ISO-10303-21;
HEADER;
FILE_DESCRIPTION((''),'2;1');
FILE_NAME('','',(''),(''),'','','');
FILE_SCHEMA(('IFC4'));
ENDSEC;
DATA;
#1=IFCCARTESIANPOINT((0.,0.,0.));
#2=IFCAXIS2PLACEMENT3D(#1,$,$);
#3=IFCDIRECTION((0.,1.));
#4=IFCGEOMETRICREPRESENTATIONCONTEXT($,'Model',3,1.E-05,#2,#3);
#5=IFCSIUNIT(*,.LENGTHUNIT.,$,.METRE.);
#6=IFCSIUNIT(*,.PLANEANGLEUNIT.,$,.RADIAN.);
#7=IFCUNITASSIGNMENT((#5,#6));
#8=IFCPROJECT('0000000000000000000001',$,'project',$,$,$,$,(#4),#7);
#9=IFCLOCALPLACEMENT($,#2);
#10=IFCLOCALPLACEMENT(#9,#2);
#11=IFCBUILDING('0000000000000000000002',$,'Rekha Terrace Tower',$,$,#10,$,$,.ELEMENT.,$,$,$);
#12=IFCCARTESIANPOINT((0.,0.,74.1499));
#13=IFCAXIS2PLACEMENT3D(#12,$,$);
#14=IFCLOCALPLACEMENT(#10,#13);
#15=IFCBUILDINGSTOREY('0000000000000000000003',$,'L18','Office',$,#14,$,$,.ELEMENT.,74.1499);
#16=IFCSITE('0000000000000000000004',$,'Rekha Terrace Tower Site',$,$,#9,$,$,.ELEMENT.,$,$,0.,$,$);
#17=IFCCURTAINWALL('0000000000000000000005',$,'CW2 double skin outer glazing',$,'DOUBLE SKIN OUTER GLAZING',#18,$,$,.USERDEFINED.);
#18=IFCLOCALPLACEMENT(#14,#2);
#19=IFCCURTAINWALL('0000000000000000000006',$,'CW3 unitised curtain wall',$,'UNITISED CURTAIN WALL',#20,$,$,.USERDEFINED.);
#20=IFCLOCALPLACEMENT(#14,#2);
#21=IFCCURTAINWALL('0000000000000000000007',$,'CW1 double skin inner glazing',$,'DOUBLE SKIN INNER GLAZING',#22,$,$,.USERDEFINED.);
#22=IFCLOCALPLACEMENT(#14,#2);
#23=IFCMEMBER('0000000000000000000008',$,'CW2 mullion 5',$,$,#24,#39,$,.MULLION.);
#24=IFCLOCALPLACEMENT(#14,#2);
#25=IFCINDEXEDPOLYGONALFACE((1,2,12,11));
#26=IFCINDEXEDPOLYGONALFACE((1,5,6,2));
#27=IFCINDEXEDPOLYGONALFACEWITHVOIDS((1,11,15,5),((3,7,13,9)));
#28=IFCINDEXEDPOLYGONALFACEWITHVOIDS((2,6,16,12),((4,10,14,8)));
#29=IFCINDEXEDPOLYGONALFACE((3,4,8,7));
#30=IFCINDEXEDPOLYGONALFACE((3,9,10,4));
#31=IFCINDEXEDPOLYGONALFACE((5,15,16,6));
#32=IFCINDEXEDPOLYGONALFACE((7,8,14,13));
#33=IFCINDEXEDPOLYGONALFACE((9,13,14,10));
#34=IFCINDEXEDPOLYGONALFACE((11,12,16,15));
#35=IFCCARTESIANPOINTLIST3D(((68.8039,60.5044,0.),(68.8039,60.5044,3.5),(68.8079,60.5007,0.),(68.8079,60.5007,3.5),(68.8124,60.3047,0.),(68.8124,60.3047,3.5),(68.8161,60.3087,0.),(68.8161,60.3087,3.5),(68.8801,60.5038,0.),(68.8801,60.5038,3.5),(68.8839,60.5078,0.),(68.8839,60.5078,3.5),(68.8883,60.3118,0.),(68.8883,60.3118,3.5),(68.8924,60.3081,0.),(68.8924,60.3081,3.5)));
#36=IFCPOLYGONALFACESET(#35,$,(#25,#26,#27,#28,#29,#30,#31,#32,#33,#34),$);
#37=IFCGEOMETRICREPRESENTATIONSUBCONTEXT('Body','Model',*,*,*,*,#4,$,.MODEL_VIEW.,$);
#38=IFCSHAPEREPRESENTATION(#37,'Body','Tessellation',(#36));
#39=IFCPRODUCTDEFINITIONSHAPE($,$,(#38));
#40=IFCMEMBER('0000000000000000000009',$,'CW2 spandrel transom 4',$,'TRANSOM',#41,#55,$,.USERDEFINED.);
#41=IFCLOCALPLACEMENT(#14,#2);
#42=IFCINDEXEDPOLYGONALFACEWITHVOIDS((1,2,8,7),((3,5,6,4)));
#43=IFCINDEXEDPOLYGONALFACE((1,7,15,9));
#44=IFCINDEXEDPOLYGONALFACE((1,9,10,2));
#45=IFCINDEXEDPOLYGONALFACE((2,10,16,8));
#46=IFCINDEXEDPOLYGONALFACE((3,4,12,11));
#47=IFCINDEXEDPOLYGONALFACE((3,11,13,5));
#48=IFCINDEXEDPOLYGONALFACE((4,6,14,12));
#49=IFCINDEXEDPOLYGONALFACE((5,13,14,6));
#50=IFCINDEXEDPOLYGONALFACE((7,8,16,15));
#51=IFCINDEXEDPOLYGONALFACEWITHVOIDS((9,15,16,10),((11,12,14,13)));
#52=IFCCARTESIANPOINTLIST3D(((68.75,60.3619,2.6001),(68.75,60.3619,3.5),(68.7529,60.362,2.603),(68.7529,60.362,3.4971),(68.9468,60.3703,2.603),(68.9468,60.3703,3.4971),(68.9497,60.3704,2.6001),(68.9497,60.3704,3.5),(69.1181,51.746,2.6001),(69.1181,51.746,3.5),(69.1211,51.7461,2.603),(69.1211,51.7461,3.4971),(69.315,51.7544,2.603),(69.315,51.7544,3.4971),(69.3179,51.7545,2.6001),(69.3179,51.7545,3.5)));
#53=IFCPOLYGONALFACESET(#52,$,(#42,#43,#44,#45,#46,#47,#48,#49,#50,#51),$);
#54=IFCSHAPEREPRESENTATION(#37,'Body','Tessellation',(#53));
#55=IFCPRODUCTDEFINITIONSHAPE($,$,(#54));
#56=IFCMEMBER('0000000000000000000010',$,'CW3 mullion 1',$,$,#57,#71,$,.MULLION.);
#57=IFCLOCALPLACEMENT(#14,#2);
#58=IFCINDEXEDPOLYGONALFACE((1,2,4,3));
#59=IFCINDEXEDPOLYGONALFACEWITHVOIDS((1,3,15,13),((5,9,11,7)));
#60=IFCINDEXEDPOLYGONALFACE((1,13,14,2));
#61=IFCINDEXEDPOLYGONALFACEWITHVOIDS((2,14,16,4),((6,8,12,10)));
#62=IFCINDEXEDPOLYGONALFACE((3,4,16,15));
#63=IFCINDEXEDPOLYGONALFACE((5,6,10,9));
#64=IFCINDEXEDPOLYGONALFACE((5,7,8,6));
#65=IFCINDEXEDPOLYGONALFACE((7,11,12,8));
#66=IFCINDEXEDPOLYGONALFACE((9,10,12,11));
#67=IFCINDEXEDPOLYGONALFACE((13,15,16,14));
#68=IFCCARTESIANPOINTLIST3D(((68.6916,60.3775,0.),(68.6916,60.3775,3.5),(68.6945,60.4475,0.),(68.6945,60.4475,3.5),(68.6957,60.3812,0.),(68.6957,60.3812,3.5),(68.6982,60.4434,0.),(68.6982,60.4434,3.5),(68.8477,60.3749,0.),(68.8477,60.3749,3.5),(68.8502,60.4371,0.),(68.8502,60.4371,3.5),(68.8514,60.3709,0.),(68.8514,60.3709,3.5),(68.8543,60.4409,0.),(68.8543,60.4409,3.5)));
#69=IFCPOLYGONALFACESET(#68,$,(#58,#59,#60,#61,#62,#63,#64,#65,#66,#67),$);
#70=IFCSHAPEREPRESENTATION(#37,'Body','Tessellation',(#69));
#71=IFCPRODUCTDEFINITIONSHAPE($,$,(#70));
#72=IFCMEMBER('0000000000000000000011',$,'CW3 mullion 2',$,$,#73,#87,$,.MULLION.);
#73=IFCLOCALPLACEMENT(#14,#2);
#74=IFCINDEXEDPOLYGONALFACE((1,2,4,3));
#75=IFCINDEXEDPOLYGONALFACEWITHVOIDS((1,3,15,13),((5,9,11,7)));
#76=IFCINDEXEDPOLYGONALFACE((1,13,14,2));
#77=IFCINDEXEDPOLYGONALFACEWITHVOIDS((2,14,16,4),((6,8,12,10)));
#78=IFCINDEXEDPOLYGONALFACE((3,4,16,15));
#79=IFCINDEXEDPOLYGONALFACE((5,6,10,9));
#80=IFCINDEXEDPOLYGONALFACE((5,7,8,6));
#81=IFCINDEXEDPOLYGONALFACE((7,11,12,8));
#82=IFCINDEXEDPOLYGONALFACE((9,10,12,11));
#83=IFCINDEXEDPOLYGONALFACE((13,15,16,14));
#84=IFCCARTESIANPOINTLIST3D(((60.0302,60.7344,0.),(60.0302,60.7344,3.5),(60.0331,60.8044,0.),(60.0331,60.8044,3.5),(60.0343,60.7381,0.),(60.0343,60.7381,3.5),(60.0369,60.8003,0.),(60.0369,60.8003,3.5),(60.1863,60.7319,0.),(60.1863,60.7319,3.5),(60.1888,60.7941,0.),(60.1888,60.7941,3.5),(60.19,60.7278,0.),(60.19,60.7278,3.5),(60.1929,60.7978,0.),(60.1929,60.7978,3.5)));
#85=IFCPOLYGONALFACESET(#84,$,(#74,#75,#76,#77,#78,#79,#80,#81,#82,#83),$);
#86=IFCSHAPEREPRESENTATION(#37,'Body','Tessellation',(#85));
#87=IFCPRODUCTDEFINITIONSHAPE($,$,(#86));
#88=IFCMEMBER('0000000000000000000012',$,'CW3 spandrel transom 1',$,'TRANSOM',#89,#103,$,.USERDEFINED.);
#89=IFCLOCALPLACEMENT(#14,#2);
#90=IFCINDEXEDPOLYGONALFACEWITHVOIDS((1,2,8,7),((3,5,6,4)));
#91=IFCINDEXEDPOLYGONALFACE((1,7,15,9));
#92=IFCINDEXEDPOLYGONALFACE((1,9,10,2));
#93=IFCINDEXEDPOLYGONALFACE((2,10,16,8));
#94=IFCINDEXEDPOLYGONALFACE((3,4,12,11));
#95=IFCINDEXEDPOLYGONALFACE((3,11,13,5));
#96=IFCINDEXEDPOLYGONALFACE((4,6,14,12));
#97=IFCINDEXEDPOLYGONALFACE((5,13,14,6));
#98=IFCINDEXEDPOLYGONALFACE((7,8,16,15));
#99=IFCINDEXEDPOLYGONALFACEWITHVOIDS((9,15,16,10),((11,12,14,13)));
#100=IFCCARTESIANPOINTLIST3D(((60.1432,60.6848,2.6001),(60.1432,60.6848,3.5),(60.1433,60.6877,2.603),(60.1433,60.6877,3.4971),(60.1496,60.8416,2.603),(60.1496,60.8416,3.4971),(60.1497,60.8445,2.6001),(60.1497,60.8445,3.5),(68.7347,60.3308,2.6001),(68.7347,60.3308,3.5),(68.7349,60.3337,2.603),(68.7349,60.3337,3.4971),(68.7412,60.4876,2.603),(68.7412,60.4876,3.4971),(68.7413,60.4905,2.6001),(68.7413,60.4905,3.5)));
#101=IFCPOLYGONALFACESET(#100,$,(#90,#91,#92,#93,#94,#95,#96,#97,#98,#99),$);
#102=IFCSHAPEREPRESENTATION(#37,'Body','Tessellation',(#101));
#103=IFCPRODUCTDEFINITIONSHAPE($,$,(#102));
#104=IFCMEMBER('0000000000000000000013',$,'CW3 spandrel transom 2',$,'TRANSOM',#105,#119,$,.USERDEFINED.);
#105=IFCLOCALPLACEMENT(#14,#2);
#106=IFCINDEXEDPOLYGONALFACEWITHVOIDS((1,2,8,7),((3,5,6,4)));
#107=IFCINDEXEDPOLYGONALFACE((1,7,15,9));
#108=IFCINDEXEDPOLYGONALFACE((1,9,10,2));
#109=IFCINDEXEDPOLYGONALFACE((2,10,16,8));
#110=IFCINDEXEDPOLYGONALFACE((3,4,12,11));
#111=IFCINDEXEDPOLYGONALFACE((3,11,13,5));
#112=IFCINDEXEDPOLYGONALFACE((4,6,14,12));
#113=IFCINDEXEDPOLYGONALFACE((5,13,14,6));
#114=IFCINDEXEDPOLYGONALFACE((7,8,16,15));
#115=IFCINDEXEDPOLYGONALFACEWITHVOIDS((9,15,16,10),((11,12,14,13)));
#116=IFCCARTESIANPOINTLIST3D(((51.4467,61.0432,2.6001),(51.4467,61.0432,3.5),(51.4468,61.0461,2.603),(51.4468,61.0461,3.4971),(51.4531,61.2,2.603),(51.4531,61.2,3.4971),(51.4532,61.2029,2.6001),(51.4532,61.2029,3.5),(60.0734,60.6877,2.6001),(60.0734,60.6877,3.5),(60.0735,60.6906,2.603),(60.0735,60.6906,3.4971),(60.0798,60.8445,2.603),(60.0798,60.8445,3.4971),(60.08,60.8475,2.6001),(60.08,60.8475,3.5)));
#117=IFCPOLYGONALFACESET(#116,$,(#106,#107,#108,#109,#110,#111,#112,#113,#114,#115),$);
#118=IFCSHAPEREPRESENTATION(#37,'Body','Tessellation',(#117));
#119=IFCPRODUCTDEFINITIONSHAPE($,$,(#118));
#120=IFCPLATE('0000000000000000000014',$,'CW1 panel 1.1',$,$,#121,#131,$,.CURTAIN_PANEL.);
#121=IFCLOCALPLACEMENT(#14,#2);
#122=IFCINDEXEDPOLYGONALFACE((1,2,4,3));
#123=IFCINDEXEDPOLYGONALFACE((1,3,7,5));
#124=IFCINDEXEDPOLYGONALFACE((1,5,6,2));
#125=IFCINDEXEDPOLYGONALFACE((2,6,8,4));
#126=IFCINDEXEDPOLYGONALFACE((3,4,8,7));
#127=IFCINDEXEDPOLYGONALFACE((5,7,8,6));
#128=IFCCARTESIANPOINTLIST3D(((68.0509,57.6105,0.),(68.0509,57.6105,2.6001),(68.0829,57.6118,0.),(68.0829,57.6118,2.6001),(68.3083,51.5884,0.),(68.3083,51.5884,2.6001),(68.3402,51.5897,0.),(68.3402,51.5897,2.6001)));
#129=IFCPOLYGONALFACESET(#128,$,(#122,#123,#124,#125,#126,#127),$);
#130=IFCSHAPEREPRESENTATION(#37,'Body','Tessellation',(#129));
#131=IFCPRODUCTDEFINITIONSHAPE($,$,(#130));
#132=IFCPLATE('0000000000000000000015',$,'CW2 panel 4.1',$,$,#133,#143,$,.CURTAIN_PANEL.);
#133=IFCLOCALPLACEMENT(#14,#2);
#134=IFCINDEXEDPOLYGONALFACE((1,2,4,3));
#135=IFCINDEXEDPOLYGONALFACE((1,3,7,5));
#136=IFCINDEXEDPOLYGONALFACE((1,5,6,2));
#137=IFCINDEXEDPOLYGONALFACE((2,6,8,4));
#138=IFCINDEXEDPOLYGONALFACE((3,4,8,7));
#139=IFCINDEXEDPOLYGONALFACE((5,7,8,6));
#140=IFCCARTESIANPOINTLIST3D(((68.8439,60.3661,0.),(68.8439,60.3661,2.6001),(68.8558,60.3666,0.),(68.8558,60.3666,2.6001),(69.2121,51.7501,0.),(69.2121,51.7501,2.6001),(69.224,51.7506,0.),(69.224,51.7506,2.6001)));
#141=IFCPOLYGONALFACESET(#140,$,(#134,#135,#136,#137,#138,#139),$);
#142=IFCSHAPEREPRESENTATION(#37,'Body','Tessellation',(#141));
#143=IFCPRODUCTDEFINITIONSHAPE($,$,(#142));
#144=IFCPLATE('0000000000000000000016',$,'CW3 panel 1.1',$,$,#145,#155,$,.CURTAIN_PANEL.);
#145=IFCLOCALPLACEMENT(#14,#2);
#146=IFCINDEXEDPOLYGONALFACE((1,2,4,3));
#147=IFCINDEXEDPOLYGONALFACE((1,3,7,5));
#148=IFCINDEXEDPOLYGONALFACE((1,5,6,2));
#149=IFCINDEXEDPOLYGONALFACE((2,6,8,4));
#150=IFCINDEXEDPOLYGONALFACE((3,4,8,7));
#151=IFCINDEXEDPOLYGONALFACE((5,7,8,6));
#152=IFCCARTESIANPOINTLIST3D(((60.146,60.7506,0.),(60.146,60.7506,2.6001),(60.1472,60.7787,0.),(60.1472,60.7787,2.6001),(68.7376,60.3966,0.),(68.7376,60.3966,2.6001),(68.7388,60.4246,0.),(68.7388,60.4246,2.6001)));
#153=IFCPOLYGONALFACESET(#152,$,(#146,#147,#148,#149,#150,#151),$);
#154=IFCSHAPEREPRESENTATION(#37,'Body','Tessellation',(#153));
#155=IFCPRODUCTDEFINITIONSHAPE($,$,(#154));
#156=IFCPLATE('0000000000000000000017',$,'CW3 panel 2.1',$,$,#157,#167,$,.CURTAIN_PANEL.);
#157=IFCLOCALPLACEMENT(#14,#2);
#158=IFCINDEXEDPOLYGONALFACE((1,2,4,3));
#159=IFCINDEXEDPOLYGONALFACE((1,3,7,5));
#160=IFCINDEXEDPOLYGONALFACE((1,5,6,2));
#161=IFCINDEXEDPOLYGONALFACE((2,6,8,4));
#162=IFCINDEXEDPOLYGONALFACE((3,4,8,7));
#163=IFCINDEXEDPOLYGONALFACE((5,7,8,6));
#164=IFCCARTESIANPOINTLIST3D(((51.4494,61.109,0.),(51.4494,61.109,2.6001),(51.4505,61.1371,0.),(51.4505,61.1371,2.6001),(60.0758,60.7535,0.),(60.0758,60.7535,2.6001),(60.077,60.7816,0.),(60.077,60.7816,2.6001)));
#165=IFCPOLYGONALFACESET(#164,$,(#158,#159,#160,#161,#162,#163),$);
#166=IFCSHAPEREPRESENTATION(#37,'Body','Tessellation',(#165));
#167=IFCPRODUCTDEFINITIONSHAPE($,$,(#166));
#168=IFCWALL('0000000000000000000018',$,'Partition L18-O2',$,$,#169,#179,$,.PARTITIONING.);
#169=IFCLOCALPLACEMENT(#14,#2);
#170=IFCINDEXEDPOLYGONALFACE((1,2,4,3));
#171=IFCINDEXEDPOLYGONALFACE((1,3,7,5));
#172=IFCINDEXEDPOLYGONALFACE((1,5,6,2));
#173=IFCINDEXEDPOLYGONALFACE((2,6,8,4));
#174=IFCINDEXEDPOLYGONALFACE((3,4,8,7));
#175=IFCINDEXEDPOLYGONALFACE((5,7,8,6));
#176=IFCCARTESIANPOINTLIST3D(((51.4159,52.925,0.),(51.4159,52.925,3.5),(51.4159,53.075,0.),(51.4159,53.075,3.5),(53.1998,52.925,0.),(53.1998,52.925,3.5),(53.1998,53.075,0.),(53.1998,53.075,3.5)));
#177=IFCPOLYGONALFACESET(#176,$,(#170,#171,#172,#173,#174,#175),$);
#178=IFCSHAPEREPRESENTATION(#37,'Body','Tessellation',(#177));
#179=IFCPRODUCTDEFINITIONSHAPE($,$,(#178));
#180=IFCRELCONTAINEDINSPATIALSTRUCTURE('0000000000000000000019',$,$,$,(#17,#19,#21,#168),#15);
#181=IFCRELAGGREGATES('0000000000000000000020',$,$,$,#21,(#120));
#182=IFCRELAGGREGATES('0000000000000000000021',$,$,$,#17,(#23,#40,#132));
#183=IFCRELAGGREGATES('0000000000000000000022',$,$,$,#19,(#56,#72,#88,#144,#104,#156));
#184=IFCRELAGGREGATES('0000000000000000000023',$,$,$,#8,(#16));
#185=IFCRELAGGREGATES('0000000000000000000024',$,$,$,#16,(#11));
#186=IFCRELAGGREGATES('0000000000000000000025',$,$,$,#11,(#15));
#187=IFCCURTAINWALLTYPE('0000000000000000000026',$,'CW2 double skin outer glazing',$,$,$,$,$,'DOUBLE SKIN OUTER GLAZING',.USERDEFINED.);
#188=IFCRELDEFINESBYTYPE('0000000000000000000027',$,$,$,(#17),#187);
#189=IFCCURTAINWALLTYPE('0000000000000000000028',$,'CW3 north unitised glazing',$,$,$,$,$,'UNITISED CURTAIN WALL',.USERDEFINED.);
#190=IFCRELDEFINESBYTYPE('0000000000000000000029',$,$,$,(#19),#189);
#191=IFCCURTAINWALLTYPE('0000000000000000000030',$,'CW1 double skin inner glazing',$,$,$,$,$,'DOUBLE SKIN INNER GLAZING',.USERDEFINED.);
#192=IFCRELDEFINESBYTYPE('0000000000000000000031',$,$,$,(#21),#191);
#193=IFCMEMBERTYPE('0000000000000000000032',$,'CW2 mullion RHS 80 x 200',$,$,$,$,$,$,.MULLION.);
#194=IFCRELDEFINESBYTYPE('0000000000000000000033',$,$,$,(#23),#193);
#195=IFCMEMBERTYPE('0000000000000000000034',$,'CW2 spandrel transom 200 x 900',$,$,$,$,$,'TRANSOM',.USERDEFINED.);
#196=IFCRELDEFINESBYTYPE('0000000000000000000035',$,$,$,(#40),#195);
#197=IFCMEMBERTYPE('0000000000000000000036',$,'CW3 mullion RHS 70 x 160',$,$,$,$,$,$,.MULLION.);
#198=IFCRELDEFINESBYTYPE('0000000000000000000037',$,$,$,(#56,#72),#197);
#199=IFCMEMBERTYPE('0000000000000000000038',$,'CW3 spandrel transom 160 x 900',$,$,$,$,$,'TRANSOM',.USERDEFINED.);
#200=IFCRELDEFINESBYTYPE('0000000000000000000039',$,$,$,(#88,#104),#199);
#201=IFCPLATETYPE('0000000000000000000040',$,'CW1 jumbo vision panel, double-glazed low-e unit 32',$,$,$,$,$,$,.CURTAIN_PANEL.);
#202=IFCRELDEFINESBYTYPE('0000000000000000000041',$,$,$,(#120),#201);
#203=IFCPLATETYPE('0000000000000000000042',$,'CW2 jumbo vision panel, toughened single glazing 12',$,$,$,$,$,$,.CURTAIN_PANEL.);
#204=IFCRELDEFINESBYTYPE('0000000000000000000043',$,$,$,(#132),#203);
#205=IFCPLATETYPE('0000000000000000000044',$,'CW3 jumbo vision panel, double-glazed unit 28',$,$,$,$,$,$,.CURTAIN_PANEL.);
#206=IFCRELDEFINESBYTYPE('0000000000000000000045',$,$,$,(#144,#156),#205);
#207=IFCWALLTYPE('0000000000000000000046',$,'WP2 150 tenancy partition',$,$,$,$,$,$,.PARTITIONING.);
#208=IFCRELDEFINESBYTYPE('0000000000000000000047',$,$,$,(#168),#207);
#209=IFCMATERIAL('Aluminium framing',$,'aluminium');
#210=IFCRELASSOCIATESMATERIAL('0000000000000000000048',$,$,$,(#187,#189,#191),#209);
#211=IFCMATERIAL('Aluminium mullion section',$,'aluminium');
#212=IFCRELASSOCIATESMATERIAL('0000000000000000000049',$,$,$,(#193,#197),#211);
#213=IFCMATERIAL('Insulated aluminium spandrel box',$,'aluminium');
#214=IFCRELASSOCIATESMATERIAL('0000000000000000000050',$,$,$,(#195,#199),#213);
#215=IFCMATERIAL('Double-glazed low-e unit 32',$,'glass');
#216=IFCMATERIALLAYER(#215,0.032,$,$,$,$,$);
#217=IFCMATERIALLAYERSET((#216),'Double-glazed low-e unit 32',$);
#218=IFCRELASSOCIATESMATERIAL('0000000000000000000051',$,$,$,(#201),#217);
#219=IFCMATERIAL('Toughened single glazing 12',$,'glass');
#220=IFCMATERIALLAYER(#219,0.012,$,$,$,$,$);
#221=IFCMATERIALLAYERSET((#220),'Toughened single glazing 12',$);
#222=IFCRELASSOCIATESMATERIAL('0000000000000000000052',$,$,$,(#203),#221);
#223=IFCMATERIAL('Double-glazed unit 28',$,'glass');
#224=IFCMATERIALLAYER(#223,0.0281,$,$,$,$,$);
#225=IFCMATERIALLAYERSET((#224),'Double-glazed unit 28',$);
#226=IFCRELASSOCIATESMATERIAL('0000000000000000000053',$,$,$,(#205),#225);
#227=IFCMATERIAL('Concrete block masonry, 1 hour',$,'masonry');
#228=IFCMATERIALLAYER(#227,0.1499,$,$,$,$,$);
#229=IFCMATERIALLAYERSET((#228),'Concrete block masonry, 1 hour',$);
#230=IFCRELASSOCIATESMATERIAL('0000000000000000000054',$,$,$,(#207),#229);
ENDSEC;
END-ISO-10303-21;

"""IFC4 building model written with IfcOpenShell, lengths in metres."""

from ifc_helpers import new_model, si_unit, direction, frame, frame_2d, origin, origin_2d, place, context, subcontext, project, spatial, rectangle, hollow_rectangle, extrude, material, layer, layer_set, material_profile, profile_set, type_object, element, aggregate, save


model = new_model("IFC4")

# Units and contexts
model_context = context("Model", 3, precision=1e-05, world=origin(), true_north=direction((0.0, 1.0)))
body_context = subcontext(model_context, "Body", "Model", "MODEL_VIEW")
ifc_project = project(units=[si_unit("LENGTHUNIT", "METRE"), si_unit("PLANEANGLEUNIT", "RADIAN")], contexts=[model_context])

# Site, building, storey
site_placement = place(None, origin())
site = spatial("IfcSite", under=ifc_project, at=site_placement, Name="Rekha Terrace Tower Site", CompositionType="ELEMENT", RefElevation=0.0)
building_placement = place(site_placement, origin())
building = spatial("IfcBuilding", under=site, at=building_placement, Name="Rekha Terrace Tower", CompositionType="ELEMENT")
storey_placement = place(building_placement, frame((0.0, 0.0, 74.1499)))
storey = spatial("IfcBuildingStorey", under=building, at=storey_placement, Name="L18", Description="Office", CompositionType="ELEMENT", Elevation=74.1499)

# Curtain wall
ifc_material_1 = material(Name="Aluminium framing", Category="aluminium")
curtain_wall_type_1 = type_object("IfcCurtainWallType", Name="CW2 double skin outer glazing", ElementType="DOUBLE SKIN OUTER GLAZING", PredefinedType="USERDEFINED", material=ifc_material_1)
curtain_wall_1_placement = place(storey_placement, origin())
curtain_wall_1 = element("IfcCurtainWall", 1, at=curtain_wall_1_placement, inside=storey, type_object=curtain_wall_type_1, Name="CW2 double skin outer glazing", ObjectType="DOUBLE SKIN OUTER GLAZING", PredefinedType="USERDEFINED")

# Curtain wall
curtain_wall_type_2 = type_object("IfcCurtainWallType", Name="CW3 north unitised glazing", ElementType="UNITISED CURTAIN WALL", PredefinedType="USERDEFINED", material=ifc_material_1)
curtain_wall_2_placement = place(storey_placement, origin())
curtain_wall_2 = element("IfcCurtainWall", 2, at=curtain_wall_2_placement, inside=storey, type_object=curtain_wall_type_2, Name="CW3 unitised curtain wall", ObjectType="UNITISED CURTAIN WALL", PredefinedType="USERDEFINED")

# Shared definitions
curtain_wall_type_3 = type_object("IfcCurtainWallType", Name="CW1 double skin inner glazing", ElementType="DOUBLE SKIN INNER GLAZING", PredefinedType="USERDEFINED", material=ifc_material_1)
ifc_material_2 = material(Name="Aluminium mullion section", Category="aluminium")

# Curtain wall
curtain_wall_3_placement = place(storey_placement, origin())
curtain_wall_3 = element("IfcCurtainWall", 3, at=curtain_wall_3_placement, inside=storey, type_object=curtain_wall_type_3, Name="CW1 double skin inner glazing", ObjectType="DOUBLE SKIN INNER GLAZING", PredefinedType="USERDEFINED")
ifc_material_3 = material(Name="Insulated aluminium spandrel box", Category="aluminium")

# Members
ifc_material_profile_1 = material_profile(ifc_material_2, hollow_rectangle(XDim=0.0801, YDim=0.2, WallThickness=0.0039, at=origin_2d()), Name="AL RHS 80x200")
ifc_profile_set_1 = profile_set([ifc_material_profile_1], Name="Aluminium mullion section")
member_type_1 = type_object("IfcMemberType", Name="CW2 mullion RHS 80 x 200", PredefinedType="MULLION", material=ifc_profile_set_1)
member_1_placement = place(storey_placement, frame((68.8481, 60.4062, 0.0), z_axis=(0.0, 0.0, 1.0), x_axis=(-0.999088, -0.042696, 0.0)))
member_1 = element("IfcMember", 4, at=member_1_placement, type_object=member_type_1, Name="CW2 mullion 5", PredefinedType="MULLION", context=body_context, shape_type="SweptSolid", body=[
    extrude(hollow_rectangle(XDim=0.0801, YDim=0.2, WallThickness=0.0039, at=origin_2d()), origin(), (0.0, 0.0, 1.0), 3.5),
])
ifc_material_profile_2 = material_profile(ifc_material_3, hollow_rectangle(XDim=0.2, YDim=0.8999, WallThickness=0.0029, at=origin_2d()), Name="AL SPANDREL BOX 200x900")
ifc_profile_set_2 = profile_set([ifc_material_profile_2], Name="Insulated aluminium spandrel box")
member_type_2 = type_object("IfcMemberType", Name="CW2 spandrel transom 200 x 900", ElementType="TRANSOM", PredefinedType="USERDEFINED", material=ifc_profile_set_2)
member_2_placement = place(storey_placement, frame((69.218, 51.7502, 3.05), z_axis=(-0.042691, 0.999088, 0.0), x_axis=(-0.999088, -0.042691, 0.0)))
member_2 = element("IfcMember", 5, at=member_2_placement, type_object=member_type_2, Name="CW2 spandrel transom 4", ObjectType="TRANSOM", PredefinedType="USERDEFINED", context=body_context, shape_type="SweptSolid", body=[
    extrude(hollow_rectangle(XDim=0.2, YDim=0.8999, WallThickness=0.0029, at=origin_2d()), origin(), (0.0, 0.0, 1.0), 8.6238),
])
ifc_material_profile_3 = material_profile(ifc_material_2, hollow_rectangle(XDim=0.0701, YDim=0.1599, WallThickness=0.0039, at=origin_2d()), Name="AL RHS 70x160")
ifc_profile_set_3 = profile_set([ifc_material_profile_3], Name="Aluminium mullion section")
member_type_3 = type_object("IfcMemberType", Name="CW3 mullion RHS 70 x 160", PredefinedType="MULLION", material=ifc_profile_set_3)
member_3_placement = place(storey_placement, frame((68.7729, 60.4092, 0.0), z_axis=(0.0, 0.0, 1.0), x_axis=(-0.041174, -0.999152, 0.0)))
member_3 = element("IfcMember", 6, at=member_3_placement, type_object=member_type_3, Name="CW3 mullion 1", PredefinedType="MULLION", context=body_context, shape_type="SweptSolid", body=[
    extrude(hollow_rectangle(XDim=0.0701, YDim=0.1599, WallThickness=0.0039, at=origin_2d()), origin(), (0.0, 0.0, 1.0), 3.5),
])
member_4_placement = place(storey_placement, frame((60.1116, 60.7661, 0.0), z_axis=(0.0, 0.0, 1.0), x_axis=(-0.041174, -0.999152, 0.0)))
member_4 = element("IfcMember", 7, at=member_4_placement, type_object=member_type_3, Name="CW3 mullion 2", PredefinedType="MULLION", context=body_context, shape_type="SweptSolid", body=[
    extrude(hollow_rectangle(XDim=0.0701, YDim=0.1599, WallThickness=0.0039, at=origin_2d()), origin(), (0.0, 0.0, 1.0), 3.5),
])
ifc_material_profile_4 = material_profile(ifc_material_3, hollow_rectangle(XDim=0.1599, YDim=0.8999, WallThickness=0.0029, at=origin_2d()), Name="AL SPANDREL BOX 160x900")
ifc_profile_set_4 = profile_set([ifc_material_profile_4], Name="Insulated aluminium spandrel box")
member_type_4 = type_object("IfcMemberType", Name="CW3 spandrel transom 160 x 900", ElementType="TRANSOM", PredefinedType="USERDEFINED", material=ifc_profile_set_4)
member_5_placement = place(storey_placement, frame((68.738, 60.4106, 3.05), z_axis=(-0.999152, 0.041169, 0.0), x_axis=(-0.041169, -0.999152, 0.0)))
member_5 = element("IfcMember", 8, at=member_5_placement, type_object=member_type_4, Name="CW3 spandrel transom 1", ObjectType="TRANSOM", PredefinedType="USERDEFINED", context=body_context, shape_type="SweptSolid", body=[
    extrude(hollow_rectangle(XDim=0.1599, YDim=0.8999, WallThickness=0.0029, at=origin_2d()), origin(), (0.0, 0.0, 1.0), 8.5989),
])
member_6_placement = place(storey_placement, frame((60.0767, 60.7676, 3.05), z_axis=(-0.999152, 0.041171, 0.0), x_axis=(-0.041171, -0.999152, 0.0)))
member_6 = element("IfcMember", 9, at=member_6_placement, type_object=member_type_4, Name="CW3 spandrel transom 2", ObjectType="TRANSOM", PredefinedType="USERDEFINED", context=body_context, shape_type="SweptSolid", body=[
    extrude(hollow_rectangle(XDim=0.1599, YDim=0.8999, WallThickness=0.0029, at=origin_2d()), origin(), (0.0, 0.0, 1.0), 8.634),
])

# Plates
ifc_material_4 = material(Name="Double-glazed low-e unit 32", Category="glass")
ifc_layer_1 = layer(ifc_material_4, 0.032)
ifc_layer_set_1 = layer_set([ifc_layer_1], Name="Double-glazed low-e unit 32")
plate_type_1 = type_object("IfcPlateType", Name="CW1 jumbo vision panel, double-glazed low-e unit 32", PredefinedType="CURTAIN_PANEL", material=ifc_layer_set_1)
plate_1_placement = place(storey_placement, frame((68.1956, 54.6001, 0.0), z_axis=(0.0, 0.0, 1.0), x_axis=(-0.042696, 0.999088, 0.0)))
plate_1 = element("IfcPlate", 10, at=plate_1_placement, type_object=plate_type_1, Name="CW1 panel 1.1", PredefinedType="CURTAIN_PANEL", context=body_context, shape_type="SweptSolid", body=[
    extrude(rectangle(XDim=6.0276, YDim=0.032, at=origin_2d()), origin(), (0.0, 0.0, 1.0), 2.6001),
])
aggregate(curtain_wall_3, [plate_1])
ifc_material_5 = material(Name="Toughened single glazing 12", Category="glass")
ifc_layer_2 = layer(ifc_material_5, 0.012)
ifc_layer_set_2 = layer_set([ifc_layer_2], Name="Toughened single glazing 12")
plate_type_2 = type_object("IfcPlateType", Name="CW2 jumbo vision panel, toughened single glazing 12", PredefinedType="CURTAIN_PANEL", material=ifc_layer_set_2)
plate_2_placement = place(storey_placement, frame((69.0339, 56.0583, 0.0), z_axis=(0.0, 0.0, 1.0), x_axis=(-0.042696, 0.999088, 0.0)))
plate_2 = element("IfcPlate", 11, at=plate_2_placement, type_object=plate_type_2, Name="CW2 panel 4.1", PredefinedType="CURTAIN_PANEL", context=body_context, shape_type="SweptSolid", body=[
    extrude(rectangle(XDim=8.6238, YDim=0.012, at=origin_2d()), origin(), (0.0, 0.0, 1.0), 2.6001),
])
aggregate(curtain_wall_1, [member_1, member_2, plate_2])
ifc_material_6 = material(Name="Double-glazed unit 28", Category="glass")
ifc_layer_3 = layer(ifc_material_6, 0.0281)
ifc_layer_set_3 = layer_set([ifc_layer_3], Name="Double-glazed unit 28")
plate_type_3 = type_object("IfcPlateType", Name="CW3 jumbo vision panel, double-glazed unit 28", PredefinedType="CURTAIN_PANEL", material=ifc_layer_set_3)
plate_3_placement = place(storey_placement, frame((64.4424, 60.5876, 0.0), z_axis=(0.0, 0.0, 1.0), x_axis=(-0.999152, 0.041174, 0.0)))
plate_3 = element("IfcPlate", 12, at=plate_3_placement, type_object=plate_type_3, Name="CW3 panel 1.1", PredefinedType="CURTAIN_PANEL", context=body_context, shape_type="SweptSolid", body=[
    extrude(rectangle(XDim=8.5989, YDim=0.0281, at=origin_2d()), origin(), (0.0, 0.0, 1.0), 2.6001),
])
plate_4_placement = place(storey_placement, frame((55.7632, 60.9453, 0.0), z_axis=(0.0, 0.0, 1.0), x_axis=(-0.999152, 0.041174, 0.0)))
plate_4 = element("IfcPlate", 13, at=plate_4_placement, type_object=plate_type_3, Name="CW3 panel 2.1", PredefinedType="CURTAIN_PANEL", context=body_context, shape_type="SweptSolid", body=[
    extrude(rectangle(XDim=8.6338, YDim=0.0281, at=origin_2d()), origin(), (0.0, 0.0, 1.0), 2.6001),
])
aggregate(curtain_wall_2, [member_3, member_4, member_5, plate_3, member_6, plate_4])

# Wall
ifc_material_7 = material(Name="Concrete block masonry, 1 hour", Category="masonry")
ifc_layer_4 = layer(ifc_material_7, 0.1499)
ifc_layer_set_4 = layer_set([ifc_layer_4], Name="Concrete block masonry, 1 hour")
wall_type_1 = type_object("IfcWallType", Name="WP2 150 tenancy partition", PredefinedType="PARTITIONING", material=ifc_layer_set_4)
wall_1_placement = place(storey_placement, frame((53.2, 53.0, 0.0), z_axis=(0.0, 0.0, 1.0), x_axis=(-1.0, 0.0, 0.0)))
element("IfcWall", 14, at=wall_1_placement, inside=storey, type_object=wall_type_1, Name="Partition L18-O2", PredefinedType="PARTITIONING", context=body_context, shape_type="SweptSolid", body=[
    extrude(rectangle(XDim=1.7839, YDim=0.1499, at=frame_2d((0.8921, 0.0))), origin(), (0.0, 0.0, 1.0), 3.5),
])

save(model, "model.ifc")
